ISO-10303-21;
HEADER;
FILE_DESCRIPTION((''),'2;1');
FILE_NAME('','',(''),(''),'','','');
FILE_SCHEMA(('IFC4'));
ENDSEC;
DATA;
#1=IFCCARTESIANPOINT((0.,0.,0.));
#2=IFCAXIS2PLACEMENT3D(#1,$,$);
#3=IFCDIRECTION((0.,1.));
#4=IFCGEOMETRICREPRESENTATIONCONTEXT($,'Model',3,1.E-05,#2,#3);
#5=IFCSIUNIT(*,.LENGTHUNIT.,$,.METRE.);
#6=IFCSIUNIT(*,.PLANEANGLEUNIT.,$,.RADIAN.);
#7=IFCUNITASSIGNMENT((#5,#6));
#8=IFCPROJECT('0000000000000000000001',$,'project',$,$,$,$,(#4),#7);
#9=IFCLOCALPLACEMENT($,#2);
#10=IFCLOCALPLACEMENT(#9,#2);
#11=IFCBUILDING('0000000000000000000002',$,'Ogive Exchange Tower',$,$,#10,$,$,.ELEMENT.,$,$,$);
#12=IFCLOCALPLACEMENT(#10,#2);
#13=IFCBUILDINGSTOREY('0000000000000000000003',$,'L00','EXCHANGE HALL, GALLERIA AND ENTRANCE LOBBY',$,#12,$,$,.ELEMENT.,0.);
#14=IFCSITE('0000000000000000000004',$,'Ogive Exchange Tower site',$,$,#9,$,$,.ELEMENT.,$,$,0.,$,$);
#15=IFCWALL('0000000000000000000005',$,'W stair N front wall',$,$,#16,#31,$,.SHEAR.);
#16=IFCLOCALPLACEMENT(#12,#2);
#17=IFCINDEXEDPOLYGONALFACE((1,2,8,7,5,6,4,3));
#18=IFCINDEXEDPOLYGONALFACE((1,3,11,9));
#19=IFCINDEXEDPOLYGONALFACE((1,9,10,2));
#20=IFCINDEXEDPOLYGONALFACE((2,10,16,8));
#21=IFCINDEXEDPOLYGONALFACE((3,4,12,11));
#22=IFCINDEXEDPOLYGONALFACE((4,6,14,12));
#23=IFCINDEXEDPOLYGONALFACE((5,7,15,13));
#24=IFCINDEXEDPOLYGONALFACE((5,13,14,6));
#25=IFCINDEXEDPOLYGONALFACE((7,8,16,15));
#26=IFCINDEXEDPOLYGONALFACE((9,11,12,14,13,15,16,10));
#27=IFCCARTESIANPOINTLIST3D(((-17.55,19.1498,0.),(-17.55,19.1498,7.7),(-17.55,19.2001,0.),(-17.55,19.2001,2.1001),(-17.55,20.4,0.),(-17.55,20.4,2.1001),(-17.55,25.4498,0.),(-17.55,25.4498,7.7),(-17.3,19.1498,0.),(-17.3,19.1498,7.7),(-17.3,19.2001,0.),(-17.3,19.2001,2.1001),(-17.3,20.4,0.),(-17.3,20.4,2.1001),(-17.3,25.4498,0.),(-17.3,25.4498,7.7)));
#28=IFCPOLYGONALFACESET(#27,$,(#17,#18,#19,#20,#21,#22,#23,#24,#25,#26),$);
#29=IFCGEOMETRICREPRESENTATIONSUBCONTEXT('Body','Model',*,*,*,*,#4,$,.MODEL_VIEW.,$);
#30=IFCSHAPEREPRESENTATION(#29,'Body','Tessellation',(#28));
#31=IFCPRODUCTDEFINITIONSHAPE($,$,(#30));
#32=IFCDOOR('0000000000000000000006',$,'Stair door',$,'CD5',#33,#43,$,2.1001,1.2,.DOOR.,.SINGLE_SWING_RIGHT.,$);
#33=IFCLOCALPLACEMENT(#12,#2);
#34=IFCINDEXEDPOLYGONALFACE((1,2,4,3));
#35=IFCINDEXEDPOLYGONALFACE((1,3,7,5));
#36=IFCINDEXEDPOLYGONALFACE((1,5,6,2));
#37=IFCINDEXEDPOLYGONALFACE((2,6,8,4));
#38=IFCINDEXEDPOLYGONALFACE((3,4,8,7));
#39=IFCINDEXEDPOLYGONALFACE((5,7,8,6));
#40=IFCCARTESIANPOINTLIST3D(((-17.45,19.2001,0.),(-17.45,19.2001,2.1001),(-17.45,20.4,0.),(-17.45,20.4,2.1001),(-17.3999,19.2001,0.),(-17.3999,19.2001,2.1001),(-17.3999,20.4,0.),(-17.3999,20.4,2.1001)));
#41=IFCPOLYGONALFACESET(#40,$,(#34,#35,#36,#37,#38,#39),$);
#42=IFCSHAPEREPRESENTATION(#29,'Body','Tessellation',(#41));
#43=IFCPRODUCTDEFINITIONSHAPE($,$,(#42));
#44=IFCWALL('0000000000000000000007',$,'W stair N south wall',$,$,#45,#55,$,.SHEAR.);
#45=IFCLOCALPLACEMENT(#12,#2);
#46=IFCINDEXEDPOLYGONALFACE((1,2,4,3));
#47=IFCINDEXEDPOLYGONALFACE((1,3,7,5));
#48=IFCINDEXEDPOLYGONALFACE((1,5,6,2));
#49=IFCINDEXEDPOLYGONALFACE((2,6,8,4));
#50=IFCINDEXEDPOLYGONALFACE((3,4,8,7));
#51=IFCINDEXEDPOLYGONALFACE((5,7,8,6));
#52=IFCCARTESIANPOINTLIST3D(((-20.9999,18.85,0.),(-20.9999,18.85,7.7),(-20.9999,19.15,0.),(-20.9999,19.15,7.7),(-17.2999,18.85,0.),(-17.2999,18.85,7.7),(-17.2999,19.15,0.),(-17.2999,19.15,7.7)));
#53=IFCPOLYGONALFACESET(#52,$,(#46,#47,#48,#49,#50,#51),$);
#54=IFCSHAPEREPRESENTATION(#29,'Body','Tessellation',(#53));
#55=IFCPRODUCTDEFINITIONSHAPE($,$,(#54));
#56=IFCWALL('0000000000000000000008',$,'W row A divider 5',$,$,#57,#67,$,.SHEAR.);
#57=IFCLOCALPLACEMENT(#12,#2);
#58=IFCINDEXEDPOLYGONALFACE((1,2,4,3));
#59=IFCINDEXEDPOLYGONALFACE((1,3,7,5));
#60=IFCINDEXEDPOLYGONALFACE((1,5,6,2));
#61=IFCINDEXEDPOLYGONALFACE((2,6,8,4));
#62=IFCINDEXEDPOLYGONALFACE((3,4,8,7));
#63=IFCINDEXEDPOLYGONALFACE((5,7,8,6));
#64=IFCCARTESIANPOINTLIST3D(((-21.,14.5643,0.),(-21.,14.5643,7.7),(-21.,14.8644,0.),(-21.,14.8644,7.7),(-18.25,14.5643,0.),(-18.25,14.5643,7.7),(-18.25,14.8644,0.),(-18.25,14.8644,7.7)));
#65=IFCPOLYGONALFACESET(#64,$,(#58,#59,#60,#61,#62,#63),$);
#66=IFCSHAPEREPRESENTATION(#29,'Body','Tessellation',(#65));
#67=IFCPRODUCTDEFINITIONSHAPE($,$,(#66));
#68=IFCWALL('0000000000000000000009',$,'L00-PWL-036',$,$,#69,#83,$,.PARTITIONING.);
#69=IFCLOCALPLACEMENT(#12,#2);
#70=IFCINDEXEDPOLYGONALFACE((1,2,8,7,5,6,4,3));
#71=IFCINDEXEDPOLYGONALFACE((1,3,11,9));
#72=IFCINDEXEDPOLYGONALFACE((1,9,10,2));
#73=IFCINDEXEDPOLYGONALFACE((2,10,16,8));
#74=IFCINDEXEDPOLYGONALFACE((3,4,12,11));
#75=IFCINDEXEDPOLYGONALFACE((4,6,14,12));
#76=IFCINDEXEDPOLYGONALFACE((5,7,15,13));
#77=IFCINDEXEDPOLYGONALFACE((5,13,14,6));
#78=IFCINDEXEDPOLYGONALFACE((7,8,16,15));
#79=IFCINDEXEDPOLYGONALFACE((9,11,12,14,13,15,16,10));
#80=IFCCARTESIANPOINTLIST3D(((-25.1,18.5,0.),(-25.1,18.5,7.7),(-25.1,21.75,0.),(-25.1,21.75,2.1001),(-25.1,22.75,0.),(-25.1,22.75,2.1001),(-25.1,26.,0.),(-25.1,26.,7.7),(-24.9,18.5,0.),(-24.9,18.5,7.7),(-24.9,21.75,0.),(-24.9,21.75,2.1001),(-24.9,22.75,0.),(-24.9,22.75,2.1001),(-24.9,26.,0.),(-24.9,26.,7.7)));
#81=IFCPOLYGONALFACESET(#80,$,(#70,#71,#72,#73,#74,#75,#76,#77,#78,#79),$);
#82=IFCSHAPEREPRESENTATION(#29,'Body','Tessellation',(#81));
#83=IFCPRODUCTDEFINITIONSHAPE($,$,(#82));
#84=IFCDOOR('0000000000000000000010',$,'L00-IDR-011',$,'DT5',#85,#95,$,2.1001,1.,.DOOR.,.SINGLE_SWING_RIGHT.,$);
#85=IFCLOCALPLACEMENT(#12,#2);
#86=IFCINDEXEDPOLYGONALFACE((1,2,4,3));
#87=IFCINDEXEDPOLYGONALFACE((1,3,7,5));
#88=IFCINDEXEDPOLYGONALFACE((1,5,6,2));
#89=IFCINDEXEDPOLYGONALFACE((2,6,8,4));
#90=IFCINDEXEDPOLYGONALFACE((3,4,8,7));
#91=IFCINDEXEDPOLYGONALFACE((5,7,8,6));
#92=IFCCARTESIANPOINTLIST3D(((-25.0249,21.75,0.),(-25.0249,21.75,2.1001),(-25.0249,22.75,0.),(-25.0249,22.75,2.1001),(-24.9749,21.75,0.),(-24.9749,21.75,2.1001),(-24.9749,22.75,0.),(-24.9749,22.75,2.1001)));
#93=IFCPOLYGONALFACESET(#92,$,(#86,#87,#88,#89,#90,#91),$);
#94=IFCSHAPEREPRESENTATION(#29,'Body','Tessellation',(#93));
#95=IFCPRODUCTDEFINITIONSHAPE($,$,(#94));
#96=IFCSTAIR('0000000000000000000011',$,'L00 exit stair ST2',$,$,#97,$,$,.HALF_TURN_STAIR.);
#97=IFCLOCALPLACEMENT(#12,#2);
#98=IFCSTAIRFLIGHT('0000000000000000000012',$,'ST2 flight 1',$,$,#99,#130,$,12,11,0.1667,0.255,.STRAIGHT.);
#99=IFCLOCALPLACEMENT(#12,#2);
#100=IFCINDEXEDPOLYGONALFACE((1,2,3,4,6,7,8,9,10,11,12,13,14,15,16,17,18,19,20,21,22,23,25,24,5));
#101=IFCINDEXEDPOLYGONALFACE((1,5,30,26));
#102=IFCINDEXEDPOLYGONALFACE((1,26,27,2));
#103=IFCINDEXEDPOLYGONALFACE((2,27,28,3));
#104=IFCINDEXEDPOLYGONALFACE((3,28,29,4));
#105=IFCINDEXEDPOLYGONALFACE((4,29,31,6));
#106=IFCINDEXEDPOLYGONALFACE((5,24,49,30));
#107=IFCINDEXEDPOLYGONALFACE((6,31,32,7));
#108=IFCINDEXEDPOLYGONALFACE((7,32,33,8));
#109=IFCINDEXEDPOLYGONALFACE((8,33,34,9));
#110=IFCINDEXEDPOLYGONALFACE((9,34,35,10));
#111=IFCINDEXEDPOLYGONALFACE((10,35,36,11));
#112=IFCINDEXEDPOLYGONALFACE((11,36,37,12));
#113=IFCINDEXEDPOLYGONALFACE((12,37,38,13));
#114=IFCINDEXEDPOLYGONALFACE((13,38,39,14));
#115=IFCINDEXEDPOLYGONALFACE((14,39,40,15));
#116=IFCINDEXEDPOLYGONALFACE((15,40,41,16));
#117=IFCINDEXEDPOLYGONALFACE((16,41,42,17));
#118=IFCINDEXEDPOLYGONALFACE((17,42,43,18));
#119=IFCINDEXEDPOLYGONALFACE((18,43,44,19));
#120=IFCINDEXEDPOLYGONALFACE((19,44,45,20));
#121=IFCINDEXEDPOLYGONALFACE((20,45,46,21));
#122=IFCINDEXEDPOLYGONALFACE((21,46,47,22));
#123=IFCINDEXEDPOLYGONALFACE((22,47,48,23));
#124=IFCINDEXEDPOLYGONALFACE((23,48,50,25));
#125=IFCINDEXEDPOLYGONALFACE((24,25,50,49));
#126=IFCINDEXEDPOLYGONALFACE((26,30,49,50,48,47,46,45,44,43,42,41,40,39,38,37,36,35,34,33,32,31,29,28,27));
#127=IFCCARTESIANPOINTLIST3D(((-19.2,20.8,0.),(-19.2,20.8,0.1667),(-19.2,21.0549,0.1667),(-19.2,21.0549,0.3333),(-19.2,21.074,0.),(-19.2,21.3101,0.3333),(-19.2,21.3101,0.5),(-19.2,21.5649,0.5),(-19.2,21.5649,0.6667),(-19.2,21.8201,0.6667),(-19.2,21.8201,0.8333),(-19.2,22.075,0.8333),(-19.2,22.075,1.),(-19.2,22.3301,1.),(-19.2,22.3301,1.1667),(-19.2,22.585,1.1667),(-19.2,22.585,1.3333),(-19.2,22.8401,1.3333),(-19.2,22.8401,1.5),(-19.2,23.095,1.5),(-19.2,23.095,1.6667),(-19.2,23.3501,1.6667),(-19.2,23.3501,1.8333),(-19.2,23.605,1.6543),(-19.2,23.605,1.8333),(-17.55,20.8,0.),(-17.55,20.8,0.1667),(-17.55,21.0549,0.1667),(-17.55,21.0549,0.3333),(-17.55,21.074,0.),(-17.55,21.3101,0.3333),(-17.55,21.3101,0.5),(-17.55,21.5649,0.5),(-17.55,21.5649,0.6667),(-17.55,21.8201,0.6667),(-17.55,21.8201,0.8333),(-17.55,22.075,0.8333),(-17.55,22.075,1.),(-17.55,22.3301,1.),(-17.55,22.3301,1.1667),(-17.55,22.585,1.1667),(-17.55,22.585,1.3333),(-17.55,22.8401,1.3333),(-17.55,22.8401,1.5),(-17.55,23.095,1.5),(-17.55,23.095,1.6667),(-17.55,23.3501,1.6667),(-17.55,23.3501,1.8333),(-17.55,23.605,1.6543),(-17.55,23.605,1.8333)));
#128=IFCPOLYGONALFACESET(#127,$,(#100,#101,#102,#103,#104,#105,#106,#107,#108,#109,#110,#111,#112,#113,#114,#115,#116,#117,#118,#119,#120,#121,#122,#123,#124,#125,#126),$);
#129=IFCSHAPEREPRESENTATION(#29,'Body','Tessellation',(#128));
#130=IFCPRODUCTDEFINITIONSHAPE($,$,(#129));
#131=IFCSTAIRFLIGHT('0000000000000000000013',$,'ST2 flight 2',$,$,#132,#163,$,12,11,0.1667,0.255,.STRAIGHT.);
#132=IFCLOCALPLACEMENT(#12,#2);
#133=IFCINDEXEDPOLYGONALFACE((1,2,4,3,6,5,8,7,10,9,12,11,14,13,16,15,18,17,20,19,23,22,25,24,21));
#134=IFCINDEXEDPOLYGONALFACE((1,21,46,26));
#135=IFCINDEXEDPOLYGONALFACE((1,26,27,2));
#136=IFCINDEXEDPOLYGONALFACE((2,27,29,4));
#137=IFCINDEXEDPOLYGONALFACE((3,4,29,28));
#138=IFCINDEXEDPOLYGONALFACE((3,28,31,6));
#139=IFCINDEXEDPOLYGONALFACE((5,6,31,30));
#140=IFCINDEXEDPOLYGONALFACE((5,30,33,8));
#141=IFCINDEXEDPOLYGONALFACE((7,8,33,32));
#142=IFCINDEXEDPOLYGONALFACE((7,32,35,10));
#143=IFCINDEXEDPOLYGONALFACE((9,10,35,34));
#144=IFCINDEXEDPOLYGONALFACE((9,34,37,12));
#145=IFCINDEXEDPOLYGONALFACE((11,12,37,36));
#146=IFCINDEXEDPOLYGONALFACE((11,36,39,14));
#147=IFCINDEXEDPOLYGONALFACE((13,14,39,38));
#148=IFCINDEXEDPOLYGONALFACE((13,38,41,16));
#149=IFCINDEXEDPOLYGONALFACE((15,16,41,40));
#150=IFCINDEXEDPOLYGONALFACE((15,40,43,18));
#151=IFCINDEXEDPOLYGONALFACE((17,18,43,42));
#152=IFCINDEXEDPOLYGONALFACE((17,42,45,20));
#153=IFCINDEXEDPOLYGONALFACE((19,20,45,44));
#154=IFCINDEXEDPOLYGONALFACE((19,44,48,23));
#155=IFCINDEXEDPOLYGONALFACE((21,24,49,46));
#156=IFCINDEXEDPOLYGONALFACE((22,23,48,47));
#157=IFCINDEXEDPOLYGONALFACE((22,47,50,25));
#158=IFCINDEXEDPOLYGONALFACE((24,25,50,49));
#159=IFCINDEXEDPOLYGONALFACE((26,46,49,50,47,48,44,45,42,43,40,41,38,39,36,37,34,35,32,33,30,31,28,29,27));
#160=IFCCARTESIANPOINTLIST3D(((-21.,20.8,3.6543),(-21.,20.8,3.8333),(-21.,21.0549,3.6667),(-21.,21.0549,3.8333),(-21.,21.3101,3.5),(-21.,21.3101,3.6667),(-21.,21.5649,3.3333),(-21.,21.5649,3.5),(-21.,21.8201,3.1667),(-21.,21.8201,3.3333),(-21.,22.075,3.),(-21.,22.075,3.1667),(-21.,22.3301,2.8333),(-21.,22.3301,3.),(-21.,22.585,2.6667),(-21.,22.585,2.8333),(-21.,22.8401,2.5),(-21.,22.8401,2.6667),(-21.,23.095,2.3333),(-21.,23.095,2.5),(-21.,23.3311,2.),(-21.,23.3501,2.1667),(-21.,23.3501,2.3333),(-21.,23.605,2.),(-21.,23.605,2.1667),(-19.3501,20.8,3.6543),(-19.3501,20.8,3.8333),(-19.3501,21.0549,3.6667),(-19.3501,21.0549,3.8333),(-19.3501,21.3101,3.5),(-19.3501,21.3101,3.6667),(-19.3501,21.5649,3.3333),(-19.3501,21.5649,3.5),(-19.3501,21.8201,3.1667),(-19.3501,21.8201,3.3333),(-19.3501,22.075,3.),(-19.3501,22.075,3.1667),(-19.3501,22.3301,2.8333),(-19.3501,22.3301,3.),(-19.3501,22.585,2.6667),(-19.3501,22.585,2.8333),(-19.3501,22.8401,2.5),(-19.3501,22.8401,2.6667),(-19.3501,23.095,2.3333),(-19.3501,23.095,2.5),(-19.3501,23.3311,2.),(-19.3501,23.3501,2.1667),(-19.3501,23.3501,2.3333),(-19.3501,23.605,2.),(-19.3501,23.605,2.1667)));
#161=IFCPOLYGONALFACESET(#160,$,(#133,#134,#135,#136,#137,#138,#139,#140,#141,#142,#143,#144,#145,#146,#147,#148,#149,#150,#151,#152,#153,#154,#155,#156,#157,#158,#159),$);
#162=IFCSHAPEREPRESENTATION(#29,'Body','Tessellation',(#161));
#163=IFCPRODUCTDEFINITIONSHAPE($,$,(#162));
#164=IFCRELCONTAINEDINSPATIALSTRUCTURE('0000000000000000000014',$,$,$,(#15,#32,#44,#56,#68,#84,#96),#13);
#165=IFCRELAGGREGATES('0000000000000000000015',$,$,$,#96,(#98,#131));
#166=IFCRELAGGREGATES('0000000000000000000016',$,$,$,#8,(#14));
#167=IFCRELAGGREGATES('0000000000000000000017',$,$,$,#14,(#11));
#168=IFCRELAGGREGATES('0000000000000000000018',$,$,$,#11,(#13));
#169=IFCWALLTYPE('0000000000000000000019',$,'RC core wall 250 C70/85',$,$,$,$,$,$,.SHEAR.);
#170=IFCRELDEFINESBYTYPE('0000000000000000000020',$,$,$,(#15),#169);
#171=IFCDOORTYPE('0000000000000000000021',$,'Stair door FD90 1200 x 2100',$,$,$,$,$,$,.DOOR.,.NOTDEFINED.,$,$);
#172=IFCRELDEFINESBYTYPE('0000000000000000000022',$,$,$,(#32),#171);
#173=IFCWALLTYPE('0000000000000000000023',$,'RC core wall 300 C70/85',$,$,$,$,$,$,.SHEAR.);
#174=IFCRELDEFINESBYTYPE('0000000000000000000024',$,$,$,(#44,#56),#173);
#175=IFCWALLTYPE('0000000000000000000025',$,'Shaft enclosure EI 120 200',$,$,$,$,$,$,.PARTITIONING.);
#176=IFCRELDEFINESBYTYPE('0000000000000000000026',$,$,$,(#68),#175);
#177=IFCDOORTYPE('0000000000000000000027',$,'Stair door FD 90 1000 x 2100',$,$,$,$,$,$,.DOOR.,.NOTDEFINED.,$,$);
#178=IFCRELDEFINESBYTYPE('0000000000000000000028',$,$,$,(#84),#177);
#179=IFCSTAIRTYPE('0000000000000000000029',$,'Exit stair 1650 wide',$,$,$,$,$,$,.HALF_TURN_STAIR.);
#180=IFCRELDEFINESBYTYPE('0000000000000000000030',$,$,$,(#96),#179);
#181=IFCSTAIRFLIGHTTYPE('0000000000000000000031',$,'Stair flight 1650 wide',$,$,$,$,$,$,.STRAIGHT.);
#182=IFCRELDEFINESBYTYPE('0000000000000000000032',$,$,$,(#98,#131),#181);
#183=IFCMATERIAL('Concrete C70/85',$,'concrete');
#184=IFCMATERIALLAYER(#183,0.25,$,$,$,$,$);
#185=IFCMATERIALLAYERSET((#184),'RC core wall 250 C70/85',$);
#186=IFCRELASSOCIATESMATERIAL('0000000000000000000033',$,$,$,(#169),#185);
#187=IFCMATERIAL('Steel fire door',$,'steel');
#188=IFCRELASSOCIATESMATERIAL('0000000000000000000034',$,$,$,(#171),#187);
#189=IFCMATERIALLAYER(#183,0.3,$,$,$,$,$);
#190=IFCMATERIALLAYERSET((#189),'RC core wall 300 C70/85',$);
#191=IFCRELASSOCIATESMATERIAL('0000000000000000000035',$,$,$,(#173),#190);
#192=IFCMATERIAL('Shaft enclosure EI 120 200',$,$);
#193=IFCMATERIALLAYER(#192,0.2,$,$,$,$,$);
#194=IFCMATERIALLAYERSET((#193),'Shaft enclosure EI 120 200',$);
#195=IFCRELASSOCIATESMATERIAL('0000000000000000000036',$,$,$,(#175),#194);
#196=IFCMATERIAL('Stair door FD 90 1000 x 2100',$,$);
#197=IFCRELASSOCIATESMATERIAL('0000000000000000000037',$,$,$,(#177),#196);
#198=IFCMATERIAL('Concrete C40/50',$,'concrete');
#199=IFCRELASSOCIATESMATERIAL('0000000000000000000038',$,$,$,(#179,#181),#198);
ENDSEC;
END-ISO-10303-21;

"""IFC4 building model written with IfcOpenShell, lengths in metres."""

from ifc_helpers import new_model, si_unit, direction, frame, frame_2d, origin, place, context, subcontext, project, spatial, polyline, rectangle, outline, extrude, material, layer, layer_set, type_object, element, fill, aggregate, save


model = new_model("IFC4")

# Units and contexts
model_context = context("Model", 3, precision=1e-05, world=origin(), true_north=direction((0.0, 1.0)))
body_context = subcontext(model_context, "Body", "Model", "MODEL_VIEW")
ifc_project = project(units=[si_unit("LENGTHUNIT", "METRE"), si_unit("PLANEANGLEUNIT", "RADIAN")], contexts=[model_context])

# Site, building, storey
site_placement = place(None, origin())
site = spatial("IfcSite", under=ifc_project, at=site_placement, Name="Ogive Exchange Tower site", CompositionType="ELEMENT", RefElevation=0.0)
building_placement = place(site_placement, origin())
building = spatial("IfcBuilding", under=site, at=building_placement, Name="Ogive Exchange Tower", CompositionType="ELEMENT")
storey_placement = place(building_placement, origin())
storey = spatial("IfcBuildingStorey", under=building, at=storey_placement, Name="L00", Description="EXCHANGE HALL, GALLERIA AND ENTRANCE LOBBY", CompositionType="ELEMENT", Elevation=0.0)

# Wall, opening, door
ifc_material_1 = material(Name="Concrete C70/85", Category="concrete")
ifc_layer_1 = layer(ifc_material_1, 0.25)
ifc_layer_set_1 = layer_set([ifc_layer_1], Name="RC core wall 250 C70/85")
wall_type_1 = type_object("IfcWallType", Name="RC core wall 250 C70/85", PredefinedType="SHEAR", material=ifc_layer_set_1)
wall_1_placement = place(storey_placement, frame((-17.425, 19.1499, 0.0), z_axis=(0.0, 0.0, 1.0), x_axis=(0.0, 1.0, 0.0)))
wall_1 = element("IfcWall", 1, at=wall_1_placement, inside=storey, type_object=wall_type_1, Name="W stair N front wall", PredefinedType="SHEAR", context=body_context, shape_type="SweptSolid", body=[
    extrude(rectangle(XDim=6.3, YDim=0.25, at=frame_2d((3.1499, 0.0))), origin(), (0.0, 0.0, 1.0), 7.7),
])
opening_1_placement = place(wall_1_placement, frame((0.05, 0.0, 0.0)))
opening_1 = element("IfcOpeningElement", 2, at=opening_1_placement, cuts=wall_1, PredefinedType="OPENING", context=body_context, shape_type="SweptSolid", body=[
    extrude(rectangle(XDim=1.2, YDim=2.1001, at=frame_2d((0.6001, 1.05))), frame((0.0, 0.135, 0.0), z_axis=(0.0, -1.0, 0.0), x_axis=(1.0, 0.0, 0.0)), (0.0, 0.0, 1.0), 0.27),
])
ifc_material_2 = material(Name="Steel fire door", Category="steel")
door_type_1 = type_object("IfcDoorType", Name="Stair door FD90 1200 x 2100", OperationType="NOTDEFINED", PredefinedType="DOOR", material=ifc_material_2)
door_1_placement = place(opening_1_placement, origin())
door_1 = element("IfcDoor", 3, at=door_1_placement, inside=storey, type_object=door_type_1, Name="Stair door", ObjectType="CD5", OperationType="SINGLE_SWING_RIGHT", OverallHeight=2.1001, OverallWidth=1.2, PredefinedType="DOOR", context=body_context, shape_type="SweptSolid", body=[
    extrude(rectangle(XDim=1.2, YDim=2.1001, at=frame_2d((0.6001, 1.05))), frame((0.0, 0.0249, 0.0), z_axis=(0.0, -1.0, 0.0), x_axis=(1.0, 0.0, 0.0)), (0.0, 0.0, 1.0), 0.05),
])
fill(opening_1, door_1)

# Walls
ifc_layer_2 = layer(ifc_material_1, 0.3)
ifc_layer_set_2 = layer_set([ifc_layer_2], Name="RC core wall 300 C70/85")
wall_type_2 = type_object("IfcWallType", Name="RC core wall 300 C70/85", PredefinedType="SHEAR", material=ifc_layer_set_2)
wall_2_placement = place(storey_placement, frame((-21.0, 19.0, 0.0), z_axis=(0.0, 0.0, 1.0), x_axis=(1.0, 0.0, 0.0)))
element("IfcWall", 4, at=wall_2_placement, inside=storey, type_object=wall_type_2, Name="W stair N south wall", PredefinedType="SHEAR", context=body_context, shape_type="SweptSolid", body=[
    extrude(rectangle(XDim=3.7, YDim=0.3, at=frame_2d((1.8501, 0.0))), origin(), (0.0, 0.0, 1.0), 7.7),
])
wall_3_placement = place(storey_placement, frame((-21.0, 14.7144, 0.0), z_axis=(0.0, 0.0, 1.0), x_axis=(1.0, 0.0, 0.0)))
element("IfcWall", 5, at=wall_3_placement, inside=storey, type_object=wall_type_2, Name="W row A divider 5", PredefinedType="SHEAR", context=body_context, shape_type="SweptSolid", body=[
    extrude(rectangle(XDim=2.75, YDim=0.3, at=frame_2d((1.375, 0.0))), origin(), (0.0, 0.0, 1.0), 7.7),
])

# Wall, opening, door
ifc_material_3 = material(Name="Shaft enclosure EI 120 200")
ifc_layer_3 = layer(ifc_material_3, 0.2)
ifc_layer_set_3 = layer_set([ifc_layer_3], Name="Shaft enclosure EI 120 200")
wall_type_3 = type_object("IfcWallType", Name="Shaft enclosure EI 120 200", PredefinedType="PARTITIONING", material=ifc_layer_set_3)
wall_4_placement = place(storey_placement, frame((-25.0, 18.5, 0.0), z_axis=(0.0, 0.0, 1.0), x_axis=(0.0, 1.0, 0.0)))
wall_4 = element("IfcWall", 6, at=wall_4_placement, inside=storey, type_object=wall_type_3, Name="L00-PWL-036", PredefinedType="PARTITIONING", context=body_context, shape_type="SweptSolid", body=[
    extrude(rectangle(XDim=7.5, YDim=0.2, at=frame_2d((3.75, 0.0))), origin(), (0.0, 0.0, 1.0), 7.7),
])
opening_2_placement = place(wall_4_placement, frame((3.25, 0.0, 0.0)))
opening_2 = element("IfcOpeningElement", 7, at=opening_2_placement, cuts=wall_4, PredefinedType="OPENING", context=body_context, shape_type="SweptSolid", body=[
    extrude(rectangle(XDim=1.0, YDim=2.1001, at=frame_2d((0.5, 1.05))), frame((0.0, 0.1099, 0.0), z_axis=(0.0, -1.0, 0.0), x_axis=(1.0, 0.0, 0.0)), (0.0, 0.0, 1.0), 0.22),
])
ifc_material_4 = material(Name="Stair door FD 90 1000 x 2100")
door_type_2 = type_object("IfcDoorType", Name="Stair door FD 90 1000 x 2100", OperationType="NOTDEFINED", PredefinedType="DOOR", material=ifc_material_4)
door_2_placement = place(opening_2_placement, origin())
door_2 = element("IfcDoor", 8, at=door_2_placement, inside=storey, type_object=door_type_2, Name="L00-IDR-011", ObjectType="DT5", OperationType="SINGLE_SWING_RIGHT", OverallHeight=2.1001, OverallWidth=1.0, PredefinedType="DOOR", context=body_context, shape_type="SweptSolid", body=[
    extrude(rectangle(XDim=1.0, YDim=2.1001, at=frame_2d((0.5, 1.05))), frame((0.0, 0.0249, 0.0), z_axis=(0.0, -1.0, 0.0), x_axis=(1.0, 0.0, 0.0)), (0.0, 0.0, 1.0), 0.05),
])
fill(opening_2, door_2)

# Stair, stair flights
ifc_material_5 = material(Name="Concrete C40/50", Category="concrete")
stair_type = type_object("IfcStairType", Name="Exit stair 1650 wide", PredefinedType="HALF_TURN_STAIR", material=ifc_material_5)
stair_placement = place(storey_placement, origin())
stair = element("IfcStair", 9, at=stair_placement, inside=storey, type_object=stair_type, Name="L00 exit stair ST2", PredefinedType="HALF_TURN_STAIR")
stair_flight_type = type_object("IfcStairFlightType", Name="Stair flight 1650 wide", PredefinedType="STRAIGHT", material=ifc_material_5)
stair_flight_1_placement = place(storey_placement, frame((-18.375, 20.8, 0.0), z_axis=(0.0, 0.0, 1.0), x_axis=(0.0, 1.0, 0.0)))
stair_flight_1 = element("IfcStairFlight", 10, at=stair_flight_1_placement, type_object=stair_flight_type, Name="ST2 flight 1", NumberOfRisers=12, NumberOfTreads=11, PredefinedType="STRAIGHT", RiserHeight=0.1667, TreadLength=0.255, context=body_context, shape_type="SweptSolid", body=[
    extrude(outline(polyline([(0.0, 0.0), (0.0, 0.1667), (0.2549, 0.1667), (0.2549, 0.3333), (0.51, 0.3333), (0.51, 0.5), (0.7649, 0.5), (0.7649, 0.6667), (1.02, 0.6667), (1.02, 0.8333), (1.2749, 0.8333), (1.2749, 1.0), (1.53, 1.0), (1.53, 1.1667), (1.7849, 1.1667), (1.7849, 1.3333), (2.04, 1.3333), (2.04, 1.5), (2.2949, 1.5), (2.2949, 1.6667), (2.55, 1.6667), (2.55, 1.8333), (2.8049, 1.8333), (2.8049, 2.0), (2.8049, 1.6543), (0.2739, 0.0), (0.0, 0.0)])), frame((0.0, 0.825, 0.0), z_axis=(0.0, -1.0, 0.0), x_axis=(1.0, 0.0, 0.0)), (0.0, 0.0, 1.0), 1.6499),
])
stair_flight_2_placement = place(storey_placement, frame((-20.175, 23.605, 2.0), z_axis=(0.0, 0.0, 1.0), x_axis=(0.0, -1.0, 0.0)))
stair_flight_2 = element("IfcStairFlight", 11, at=stair_flight_2_placement, type_object=stair_flight_type, Name="ST2 flight 2", NumberOfRisers=12, NumberOfTreads=11, PredefinedType="STRAIGHT", RiserHeight=0.1667, TreadLength=0.255, context=body_context, shape_type="SweptSolid", body=[
    extrude(outline(polyline([(0.0, 0.0), (0.0, 0.1667), (0.2549, 0.1667), (0.2549, 0.3333), (0.51, 0.3333), (0.51, 0.5), (0.7649, 0.5), (0.7649, 0.6667), (1.02, 0.6667), (1.02, 0.8333), (1.2749, 0.8333), (1.2749, 1.0), (1.53, 1.0), (1.53, 1.1667), (1.7849, 1.1667), (1.7849, 1.3333), (2.04, 1.3333), (2.04, 1.5), (2.2949, 1.5), (2.2949, 1.6667), (2.55, 1.6667), (2.55, 1.8333), (2.8049, 1.8333), (2.8049, 2.0), (2.8049, 1.6543), (0.2739, 0.0), (0.0, 0.0)])), frame((0.0, 0.825, 0.0), z_axis=(0.0, -1.0, 0.0), x_axis=(1.0, 0.0, 0.0)), (0.0, 0.0, 1.0), 1.6499),
])
aggregate(stair, [stair_flight_1, stair_flight_2])

save(model, "model.ifc")
